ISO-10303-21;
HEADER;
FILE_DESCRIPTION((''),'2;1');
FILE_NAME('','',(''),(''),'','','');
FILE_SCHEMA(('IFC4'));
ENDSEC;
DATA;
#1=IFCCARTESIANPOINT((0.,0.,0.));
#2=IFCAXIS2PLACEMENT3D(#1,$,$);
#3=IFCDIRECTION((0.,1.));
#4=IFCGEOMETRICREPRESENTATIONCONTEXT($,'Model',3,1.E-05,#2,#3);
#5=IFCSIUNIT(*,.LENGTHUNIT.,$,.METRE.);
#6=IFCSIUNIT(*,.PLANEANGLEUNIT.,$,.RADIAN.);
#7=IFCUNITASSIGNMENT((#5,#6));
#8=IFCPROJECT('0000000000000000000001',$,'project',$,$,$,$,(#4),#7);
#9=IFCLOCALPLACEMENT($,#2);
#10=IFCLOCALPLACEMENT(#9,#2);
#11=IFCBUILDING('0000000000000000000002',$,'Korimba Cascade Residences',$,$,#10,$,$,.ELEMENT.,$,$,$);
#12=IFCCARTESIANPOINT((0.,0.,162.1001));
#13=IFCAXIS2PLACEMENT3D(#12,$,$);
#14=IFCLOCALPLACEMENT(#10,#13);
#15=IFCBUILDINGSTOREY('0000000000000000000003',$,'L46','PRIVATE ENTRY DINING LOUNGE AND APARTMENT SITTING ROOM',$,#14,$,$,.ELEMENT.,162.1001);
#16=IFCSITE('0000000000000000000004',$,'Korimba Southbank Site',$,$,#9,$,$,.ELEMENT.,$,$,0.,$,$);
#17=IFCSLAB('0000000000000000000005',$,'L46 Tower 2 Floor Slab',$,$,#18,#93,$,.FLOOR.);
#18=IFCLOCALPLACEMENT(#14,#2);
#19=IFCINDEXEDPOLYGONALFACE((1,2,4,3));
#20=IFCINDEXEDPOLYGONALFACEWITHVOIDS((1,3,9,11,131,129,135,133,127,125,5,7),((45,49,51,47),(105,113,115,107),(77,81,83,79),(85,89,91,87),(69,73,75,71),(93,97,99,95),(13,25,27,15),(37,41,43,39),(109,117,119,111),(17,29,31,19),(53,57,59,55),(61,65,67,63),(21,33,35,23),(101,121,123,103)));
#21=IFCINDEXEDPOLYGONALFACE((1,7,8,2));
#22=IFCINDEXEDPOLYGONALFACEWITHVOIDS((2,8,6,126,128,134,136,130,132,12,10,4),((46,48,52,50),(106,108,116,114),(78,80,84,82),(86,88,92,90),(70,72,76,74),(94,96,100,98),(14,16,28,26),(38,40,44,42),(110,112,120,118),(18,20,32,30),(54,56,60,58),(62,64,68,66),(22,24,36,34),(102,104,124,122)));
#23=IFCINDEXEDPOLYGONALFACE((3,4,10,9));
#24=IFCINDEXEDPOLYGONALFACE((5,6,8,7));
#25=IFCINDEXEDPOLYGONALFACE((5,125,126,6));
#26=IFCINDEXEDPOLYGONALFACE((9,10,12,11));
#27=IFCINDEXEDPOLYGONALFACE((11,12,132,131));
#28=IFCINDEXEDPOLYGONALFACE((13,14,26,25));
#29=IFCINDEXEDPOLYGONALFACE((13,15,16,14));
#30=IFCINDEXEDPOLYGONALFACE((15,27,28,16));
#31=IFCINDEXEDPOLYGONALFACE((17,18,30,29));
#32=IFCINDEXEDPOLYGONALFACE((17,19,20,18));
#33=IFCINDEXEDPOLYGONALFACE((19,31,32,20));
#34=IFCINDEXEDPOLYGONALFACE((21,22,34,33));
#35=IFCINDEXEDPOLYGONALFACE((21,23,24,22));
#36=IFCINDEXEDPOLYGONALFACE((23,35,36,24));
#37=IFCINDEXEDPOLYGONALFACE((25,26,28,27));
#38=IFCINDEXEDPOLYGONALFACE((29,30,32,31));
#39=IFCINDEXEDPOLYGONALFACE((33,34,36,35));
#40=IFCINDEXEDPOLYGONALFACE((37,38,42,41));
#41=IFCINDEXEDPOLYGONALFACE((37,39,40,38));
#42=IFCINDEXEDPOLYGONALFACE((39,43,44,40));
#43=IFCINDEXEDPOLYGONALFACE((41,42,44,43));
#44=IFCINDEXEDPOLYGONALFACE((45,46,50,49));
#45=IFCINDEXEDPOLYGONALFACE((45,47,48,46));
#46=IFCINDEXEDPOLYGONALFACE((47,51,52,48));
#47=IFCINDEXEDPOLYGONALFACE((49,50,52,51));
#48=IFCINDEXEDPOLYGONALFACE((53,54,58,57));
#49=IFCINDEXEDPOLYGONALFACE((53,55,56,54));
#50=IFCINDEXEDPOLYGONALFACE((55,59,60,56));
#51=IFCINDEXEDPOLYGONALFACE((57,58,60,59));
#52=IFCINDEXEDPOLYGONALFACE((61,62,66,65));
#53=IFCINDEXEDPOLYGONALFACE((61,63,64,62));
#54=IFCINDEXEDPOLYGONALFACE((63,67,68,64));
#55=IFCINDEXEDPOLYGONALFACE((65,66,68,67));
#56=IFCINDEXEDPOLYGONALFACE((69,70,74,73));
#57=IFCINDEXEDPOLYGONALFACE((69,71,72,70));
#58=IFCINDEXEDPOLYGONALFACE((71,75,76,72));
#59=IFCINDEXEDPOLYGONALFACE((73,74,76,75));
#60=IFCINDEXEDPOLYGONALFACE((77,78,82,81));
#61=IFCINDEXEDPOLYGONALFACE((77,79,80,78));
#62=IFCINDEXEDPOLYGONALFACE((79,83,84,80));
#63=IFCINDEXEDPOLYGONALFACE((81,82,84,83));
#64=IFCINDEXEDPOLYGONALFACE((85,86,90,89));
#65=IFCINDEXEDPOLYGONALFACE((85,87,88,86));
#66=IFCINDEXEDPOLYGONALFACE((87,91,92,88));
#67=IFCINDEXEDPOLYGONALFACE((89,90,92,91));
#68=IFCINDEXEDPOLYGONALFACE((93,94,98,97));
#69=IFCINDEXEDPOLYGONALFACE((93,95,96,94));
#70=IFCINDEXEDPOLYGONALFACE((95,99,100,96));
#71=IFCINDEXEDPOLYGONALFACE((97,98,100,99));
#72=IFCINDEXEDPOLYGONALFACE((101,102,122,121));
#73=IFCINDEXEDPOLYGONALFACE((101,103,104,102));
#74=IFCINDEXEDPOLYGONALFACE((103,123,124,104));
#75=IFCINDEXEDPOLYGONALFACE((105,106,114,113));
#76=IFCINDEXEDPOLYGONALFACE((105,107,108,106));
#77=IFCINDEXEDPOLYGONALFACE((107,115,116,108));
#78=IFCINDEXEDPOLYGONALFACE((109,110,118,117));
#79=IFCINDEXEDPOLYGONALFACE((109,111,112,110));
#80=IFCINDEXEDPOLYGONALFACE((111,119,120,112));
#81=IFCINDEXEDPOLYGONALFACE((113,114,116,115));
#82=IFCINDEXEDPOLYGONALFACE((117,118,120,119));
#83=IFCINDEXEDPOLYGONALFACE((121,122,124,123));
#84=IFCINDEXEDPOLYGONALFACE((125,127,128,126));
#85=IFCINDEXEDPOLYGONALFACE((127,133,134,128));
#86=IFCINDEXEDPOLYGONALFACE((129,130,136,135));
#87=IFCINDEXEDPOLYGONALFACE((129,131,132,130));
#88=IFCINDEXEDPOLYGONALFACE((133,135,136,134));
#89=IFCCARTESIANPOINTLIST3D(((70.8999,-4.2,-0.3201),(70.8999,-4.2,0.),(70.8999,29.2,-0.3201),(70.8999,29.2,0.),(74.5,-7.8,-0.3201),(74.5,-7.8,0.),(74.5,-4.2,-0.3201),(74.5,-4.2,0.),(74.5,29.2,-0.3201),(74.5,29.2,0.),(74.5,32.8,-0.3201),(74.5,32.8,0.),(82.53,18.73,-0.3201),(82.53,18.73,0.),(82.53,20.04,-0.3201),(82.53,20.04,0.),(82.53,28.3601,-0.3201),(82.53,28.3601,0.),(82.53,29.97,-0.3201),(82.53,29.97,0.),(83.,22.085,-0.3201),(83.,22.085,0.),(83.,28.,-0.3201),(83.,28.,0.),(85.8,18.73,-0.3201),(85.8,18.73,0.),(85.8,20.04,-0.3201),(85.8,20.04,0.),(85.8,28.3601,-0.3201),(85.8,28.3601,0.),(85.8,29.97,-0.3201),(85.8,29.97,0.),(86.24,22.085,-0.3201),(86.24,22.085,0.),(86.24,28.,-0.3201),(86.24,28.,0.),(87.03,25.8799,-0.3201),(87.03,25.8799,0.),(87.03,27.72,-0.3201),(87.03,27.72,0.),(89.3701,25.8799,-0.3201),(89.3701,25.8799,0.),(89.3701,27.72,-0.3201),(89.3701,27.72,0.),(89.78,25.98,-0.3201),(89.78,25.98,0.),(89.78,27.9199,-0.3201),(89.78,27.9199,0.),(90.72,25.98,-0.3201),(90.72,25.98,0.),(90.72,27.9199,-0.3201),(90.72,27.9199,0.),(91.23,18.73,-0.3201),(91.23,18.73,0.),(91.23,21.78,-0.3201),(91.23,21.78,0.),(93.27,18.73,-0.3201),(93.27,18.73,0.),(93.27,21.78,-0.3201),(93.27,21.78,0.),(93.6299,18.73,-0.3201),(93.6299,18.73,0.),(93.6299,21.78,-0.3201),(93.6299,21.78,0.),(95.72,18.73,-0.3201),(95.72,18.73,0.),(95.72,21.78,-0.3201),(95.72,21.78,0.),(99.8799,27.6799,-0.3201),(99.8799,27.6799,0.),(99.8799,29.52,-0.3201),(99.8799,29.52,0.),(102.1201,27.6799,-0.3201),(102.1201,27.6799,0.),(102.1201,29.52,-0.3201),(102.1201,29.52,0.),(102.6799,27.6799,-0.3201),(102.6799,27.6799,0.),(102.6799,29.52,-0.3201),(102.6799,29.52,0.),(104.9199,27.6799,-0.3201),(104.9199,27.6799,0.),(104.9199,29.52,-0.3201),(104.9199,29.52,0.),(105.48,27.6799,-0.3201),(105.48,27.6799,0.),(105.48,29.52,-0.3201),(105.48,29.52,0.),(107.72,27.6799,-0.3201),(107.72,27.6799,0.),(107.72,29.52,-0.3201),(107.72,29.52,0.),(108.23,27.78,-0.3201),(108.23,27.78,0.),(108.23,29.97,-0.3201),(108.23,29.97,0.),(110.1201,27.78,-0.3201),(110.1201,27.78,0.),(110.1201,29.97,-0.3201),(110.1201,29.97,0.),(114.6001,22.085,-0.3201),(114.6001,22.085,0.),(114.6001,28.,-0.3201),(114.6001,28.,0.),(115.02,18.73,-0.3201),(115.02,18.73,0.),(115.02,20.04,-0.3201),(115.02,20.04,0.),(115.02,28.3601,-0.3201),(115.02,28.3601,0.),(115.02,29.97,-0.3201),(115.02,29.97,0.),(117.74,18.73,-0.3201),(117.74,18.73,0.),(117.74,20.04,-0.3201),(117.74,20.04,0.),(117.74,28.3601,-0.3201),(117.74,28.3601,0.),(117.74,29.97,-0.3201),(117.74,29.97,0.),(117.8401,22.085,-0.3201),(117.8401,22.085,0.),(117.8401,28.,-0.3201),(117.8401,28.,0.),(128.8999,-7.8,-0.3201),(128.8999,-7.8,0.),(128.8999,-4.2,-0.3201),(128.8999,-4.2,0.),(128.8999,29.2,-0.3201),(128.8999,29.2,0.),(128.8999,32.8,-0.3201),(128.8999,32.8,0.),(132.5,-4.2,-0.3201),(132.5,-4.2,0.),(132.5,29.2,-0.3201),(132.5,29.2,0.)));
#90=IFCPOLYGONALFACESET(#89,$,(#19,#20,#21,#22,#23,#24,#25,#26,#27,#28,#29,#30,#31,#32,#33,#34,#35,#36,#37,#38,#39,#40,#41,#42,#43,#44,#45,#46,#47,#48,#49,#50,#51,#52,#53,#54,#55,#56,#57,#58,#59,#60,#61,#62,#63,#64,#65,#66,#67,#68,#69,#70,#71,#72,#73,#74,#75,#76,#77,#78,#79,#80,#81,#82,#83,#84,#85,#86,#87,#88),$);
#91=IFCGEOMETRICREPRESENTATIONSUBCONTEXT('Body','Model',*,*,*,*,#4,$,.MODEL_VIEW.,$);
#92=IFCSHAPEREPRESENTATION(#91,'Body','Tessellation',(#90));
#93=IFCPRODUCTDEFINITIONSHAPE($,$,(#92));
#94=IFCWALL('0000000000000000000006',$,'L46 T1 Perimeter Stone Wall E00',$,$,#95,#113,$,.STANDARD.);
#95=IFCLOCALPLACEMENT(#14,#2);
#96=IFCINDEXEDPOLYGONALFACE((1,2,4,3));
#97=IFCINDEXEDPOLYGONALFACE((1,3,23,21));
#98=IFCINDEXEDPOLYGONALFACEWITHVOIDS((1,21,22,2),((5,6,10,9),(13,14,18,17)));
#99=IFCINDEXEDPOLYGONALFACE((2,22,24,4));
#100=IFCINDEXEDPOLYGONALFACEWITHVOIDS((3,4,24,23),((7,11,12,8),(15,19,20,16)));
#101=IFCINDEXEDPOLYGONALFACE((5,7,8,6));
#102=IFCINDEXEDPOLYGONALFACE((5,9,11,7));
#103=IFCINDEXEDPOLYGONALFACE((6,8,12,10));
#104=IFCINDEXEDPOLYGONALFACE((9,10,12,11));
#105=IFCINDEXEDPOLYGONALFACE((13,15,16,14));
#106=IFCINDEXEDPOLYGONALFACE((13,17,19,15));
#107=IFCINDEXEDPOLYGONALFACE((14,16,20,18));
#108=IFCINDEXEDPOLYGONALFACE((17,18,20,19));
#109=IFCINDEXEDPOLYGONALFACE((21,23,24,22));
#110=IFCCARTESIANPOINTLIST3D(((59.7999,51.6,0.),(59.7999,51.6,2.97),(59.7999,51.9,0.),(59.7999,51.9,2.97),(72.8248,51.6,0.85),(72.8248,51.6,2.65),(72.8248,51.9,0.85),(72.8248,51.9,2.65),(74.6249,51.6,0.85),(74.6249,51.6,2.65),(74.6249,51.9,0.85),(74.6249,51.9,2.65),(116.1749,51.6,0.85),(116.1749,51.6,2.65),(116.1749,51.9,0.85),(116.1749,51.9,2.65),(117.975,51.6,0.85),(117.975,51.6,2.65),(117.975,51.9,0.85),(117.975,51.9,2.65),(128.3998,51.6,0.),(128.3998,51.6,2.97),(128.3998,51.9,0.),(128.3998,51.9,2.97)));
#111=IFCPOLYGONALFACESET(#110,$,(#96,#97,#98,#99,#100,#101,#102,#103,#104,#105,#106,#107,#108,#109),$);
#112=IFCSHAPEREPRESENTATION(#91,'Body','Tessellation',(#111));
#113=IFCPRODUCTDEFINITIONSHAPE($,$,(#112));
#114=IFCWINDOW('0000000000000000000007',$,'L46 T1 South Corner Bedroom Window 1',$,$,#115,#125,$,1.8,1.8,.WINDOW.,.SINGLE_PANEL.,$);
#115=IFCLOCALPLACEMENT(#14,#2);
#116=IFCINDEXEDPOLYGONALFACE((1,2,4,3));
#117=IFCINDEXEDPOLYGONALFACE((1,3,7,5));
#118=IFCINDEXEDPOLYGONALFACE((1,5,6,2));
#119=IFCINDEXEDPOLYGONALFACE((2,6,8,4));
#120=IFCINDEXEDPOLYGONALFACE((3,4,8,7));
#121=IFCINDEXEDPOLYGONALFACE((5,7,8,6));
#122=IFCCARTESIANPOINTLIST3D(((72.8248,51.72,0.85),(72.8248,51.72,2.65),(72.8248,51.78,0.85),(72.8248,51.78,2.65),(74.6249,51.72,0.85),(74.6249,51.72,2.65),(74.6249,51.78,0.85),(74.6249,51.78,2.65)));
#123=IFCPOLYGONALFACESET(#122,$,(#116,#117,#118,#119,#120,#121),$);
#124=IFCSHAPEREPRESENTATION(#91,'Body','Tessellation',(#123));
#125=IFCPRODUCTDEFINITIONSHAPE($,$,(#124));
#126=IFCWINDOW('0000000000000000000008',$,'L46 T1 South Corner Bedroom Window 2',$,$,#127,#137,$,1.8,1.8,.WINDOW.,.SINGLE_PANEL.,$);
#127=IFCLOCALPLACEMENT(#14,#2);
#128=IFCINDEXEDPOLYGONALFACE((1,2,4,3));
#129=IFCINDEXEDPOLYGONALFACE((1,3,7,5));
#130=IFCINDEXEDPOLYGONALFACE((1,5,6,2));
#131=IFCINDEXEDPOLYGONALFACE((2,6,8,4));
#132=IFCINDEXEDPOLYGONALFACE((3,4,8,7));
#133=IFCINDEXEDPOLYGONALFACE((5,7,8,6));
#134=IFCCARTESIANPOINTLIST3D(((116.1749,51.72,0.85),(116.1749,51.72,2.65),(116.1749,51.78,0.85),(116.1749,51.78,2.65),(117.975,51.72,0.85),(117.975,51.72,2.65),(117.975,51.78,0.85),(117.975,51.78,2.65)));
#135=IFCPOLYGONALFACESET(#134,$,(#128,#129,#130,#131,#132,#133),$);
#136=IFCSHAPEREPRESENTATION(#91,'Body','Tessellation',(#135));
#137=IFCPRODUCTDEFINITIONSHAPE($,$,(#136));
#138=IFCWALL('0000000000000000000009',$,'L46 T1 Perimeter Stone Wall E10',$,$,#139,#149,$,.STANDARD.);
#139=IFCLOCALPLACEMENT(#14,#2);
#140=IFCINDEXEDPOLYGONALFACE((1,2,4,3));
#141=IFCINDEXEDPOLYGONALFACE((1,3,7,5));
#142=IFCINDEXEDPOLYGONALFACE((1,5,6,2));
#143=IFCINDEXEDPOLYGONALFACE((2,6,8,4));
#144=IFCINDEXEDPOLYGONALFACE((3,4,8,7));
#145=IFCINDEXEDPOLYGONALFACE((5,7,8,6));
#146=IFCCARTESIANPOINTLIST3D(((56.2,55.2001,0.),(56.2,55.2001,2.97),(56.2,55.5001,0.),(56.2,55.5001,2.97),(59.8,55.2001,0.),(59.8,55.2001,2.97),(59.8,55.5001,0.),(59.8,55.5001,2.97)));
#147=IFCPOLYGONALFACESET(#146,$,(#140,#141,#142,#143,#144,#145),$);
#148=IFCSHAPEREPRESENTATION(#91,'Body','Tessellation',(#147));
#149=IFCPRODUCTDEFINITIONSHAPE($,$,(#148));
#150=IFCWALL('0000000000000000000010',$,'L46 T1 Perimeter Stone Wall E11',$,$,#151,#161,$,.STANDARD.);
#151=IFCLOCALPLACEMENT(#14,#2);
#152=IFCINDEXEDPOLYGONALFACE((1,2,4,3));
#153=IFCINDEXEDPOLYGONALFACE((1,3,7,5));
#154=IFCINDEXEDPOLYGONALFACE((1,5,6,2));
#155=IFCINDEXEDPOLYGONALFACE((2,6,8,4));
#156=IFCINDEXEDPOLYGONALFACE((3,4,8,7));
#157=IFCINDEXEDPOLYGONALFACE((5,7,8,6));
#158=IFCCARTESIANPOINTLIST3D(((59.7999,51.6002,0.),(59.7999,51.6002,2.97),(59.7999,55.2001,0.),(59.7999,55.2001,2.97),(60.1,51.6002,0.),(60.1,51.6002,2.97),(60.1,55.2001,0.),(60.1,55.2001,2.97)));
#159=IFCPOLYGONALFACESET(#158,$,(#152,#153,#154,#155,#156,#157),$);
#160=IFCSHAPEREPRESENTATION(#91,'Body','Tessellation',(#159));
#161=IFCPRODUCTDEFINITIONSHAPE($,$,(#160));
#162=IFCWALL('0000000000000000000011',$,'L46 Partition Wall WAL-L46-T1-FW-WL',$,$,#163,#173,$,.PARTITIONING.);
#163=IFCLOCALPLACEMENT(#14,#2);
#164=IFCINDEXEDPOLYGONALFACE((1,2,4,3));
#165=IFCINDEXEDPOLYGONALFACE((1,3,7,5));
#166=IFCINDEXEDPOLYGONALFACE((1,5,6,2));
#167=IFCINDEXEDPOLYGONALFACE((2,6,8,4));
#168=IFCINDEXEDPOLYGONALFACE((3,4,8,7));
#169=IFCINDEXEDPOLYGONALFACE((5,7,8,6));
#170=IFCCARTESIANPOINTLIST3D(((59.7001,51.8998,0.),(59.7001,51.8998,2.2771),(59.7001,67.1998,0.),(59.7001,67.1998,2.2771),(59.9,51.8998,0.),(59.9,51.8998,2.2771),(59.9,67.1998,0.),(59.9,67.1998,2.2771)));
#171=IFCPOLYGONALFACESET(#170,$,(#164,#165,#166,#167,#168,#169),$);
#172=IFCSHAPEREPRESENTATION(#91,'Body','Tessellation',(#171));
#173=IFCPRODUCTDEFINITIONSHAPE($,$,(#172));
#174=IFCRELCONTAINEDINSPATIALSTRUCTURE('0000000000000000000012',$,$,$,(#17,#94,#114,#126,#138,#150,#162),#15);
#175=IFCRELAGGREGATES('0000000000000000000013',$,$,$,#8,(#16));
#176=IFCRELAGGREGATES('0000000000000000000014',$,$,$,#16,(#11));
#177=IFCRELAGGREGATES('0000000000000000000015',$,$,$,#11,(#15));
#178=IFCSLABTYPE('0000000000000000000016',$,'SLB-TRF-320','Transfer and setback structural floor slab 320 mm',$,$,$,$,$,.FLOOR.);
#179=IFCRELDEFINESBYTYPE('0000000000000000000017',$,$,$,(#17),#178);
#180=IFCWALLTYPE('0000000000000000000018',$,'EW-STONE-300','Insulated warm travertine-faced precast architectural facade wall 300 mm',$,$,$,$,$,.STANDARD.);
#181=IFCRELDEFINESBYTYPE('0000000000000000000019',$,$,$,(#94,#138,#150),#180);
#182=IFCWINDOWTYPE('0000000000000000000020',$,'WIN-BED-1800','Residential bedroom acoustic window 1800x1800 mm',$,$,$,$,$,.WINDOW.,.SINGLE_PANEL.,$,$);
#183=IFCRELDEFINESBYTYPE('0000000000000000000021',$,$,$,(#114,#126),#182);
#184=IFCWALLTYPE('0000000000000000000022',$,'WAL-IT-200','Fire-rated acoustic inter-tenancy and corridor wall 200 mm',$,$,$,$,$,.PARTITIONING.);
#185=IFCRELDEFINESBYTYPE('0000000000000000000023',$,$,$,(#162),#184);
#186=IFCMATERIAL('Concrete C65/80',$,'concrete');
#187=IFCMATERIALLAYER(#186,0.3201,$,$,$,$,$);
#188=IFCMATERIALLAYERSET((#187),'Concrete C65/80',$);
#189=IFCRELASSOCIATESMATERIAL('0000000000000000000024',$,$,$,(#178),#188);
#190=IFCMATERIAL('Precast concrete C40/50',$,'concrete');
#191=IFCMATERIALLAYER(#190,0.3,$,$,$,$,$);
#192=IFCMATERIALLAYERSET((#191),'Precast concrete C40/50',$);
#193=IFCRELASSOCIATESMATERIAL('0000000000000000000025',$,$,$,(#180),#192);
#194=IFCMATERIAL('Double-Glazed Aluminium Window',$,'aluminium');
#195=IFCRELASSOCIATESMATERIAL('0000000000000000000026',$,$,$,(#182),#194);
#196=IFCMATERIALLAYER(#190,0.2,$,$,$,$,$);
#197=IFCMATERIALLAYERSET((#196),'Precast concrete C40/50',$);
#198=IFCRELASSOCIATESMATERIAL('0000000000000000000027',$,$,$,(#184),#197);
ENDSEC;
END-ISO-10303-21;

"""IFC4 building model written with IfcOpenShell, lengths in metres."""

from ifc_helpers import new_model, si_unit, direction, frame, frame_2d, origin, place, context, subcontext, project, spatial, polyline, rectangle, outline, extrude, material, layer, layer_set, type_object, element, fill, save


model = new_model("IFC4")

# Units and contexts
model_context = context("Model", 3, precision=1e-05, world=origin(), true_north=direction((0.0, 1.0)))
body_context = subcontext(model_context, "Body", "Model", "MODEL_VIEW")
ifc_project = project(units=[si_unit("LENGTHUNIT", "METRE"), si_unit("PLANEANGLEUNIT", "RADIAN")], contexts=[model_context])

# Site, building, storey
site_placement = place(None, origin())
site = spatial("IfcSite", under=ifc_project, at=site_placement, Name="Korimba Southbank Site", CompositionType="ELEMENT", RefElevation=0.0)
building_placement = place(site_placement, origin())
building = spatial("IfcBuilding", under=site, at=building_placement, Name="Korimba Cascade Residences", CompositionType="ELEMENT")
storey_placement = place(building_placement, frame((0.0, 0.0, 162.1001)))
storey = spatial("IfcBuildingStorey", under=building, at=storey_placement, Name="L46", Description="PRIVATE ENTRY DINING LOUNGE AND APARTMENT SITTING ROOM", CompositionType="ELEMENT", Elevation=162.1001)

# Shared definitions
ifc_material_1 = material(Name="Concrete C65/80", Category="concrete")

# Slab
ifc_material_2 = material(Name="Precast concrete C40/50", Category="concrete")
ifc_layer_1 = layer(ifc_material_1, 0.3201)
ifc_layer_set_1 = layer_set([ifc_layer_1], Name="Concrete C65/80")
slab_type_1 = type_object("IfcSlabType", Name="SLB-TRF-320", Description="Transfer and setback structural floor slab 320 mm", PredefinedType="FLOOR", material=ifc_layer_set_1)
slab_1_placement = place(storey_placement, frame((0.0, 0.0, -0.3201)))
element("IfcSlab", 1, at=slab_1_placement, inside=storey, type_object=slab_type_1, Name="L46 Tower 2 Floor Slab", PredefinedType="FLOOR", context=body_context, shape_type="SweptSolid", body=[
    extrude(outline(polyline([(74.5, -7.8), (128.8999, -7.8), (128.8999, -4.2), (132.5, -4.2), (132.5, 29.2), (128.8999, 29.2), (128.8999, 32.8), (74.5, 32.8), (74.5, 29.2), (70.8999, 29.2), (70.8999, -4.2), (74.5, -4.2), (74.5, -7.8)]), holes=[polyline([(86.24, 22.085), (86.24, 28.0), (83.0, 28.0), (83.0, 22.085), (86.24, 22.085)]), polyline([(117.8401, 22.085), (117.8401, 28.0), (114.6001, 28.0), (114.6001, 22.085), (117.8401, 22.085)]), polyline([(87.03, 25.8799), (89.3701, 25.8799), (89.3701, 27.72), (87.03, 27.72), (87.03, 25.8799)]), polyline([(99.8799, 27.6799), (102.1201, 27.6799), (102.1201, 29.52), (99.8799, 29.52), (99.8799, 27.6799)]), polyline([(102.6799, 27.6799), (104.9199, 27.6799), (104.9199, 29.52), (102.6799, 29.52), (102.6799, 27.6799)]), polyline([(105.48, 27.6799), (107.72, 27.6799), (107.72, 29.52), (105.48, 29.52), (105.48, 27.6799)]), polyline([(89.78, 25.98), (90.72, 25.98), (90.72, 27.9199), (89.78, 27.9199), (89.78, 25.98)]), polyline([(82.53, 18.73), (85.8, 18.73), (85.8, 20.04), (82.53, 20.04), (82.53, 18.73)]), polyline([(82.53, 28.3601), (85.8, 28.3601), (85.8, 29.97), (82.53, 29.97), (82.53, 28.3601)]), polyline([(108.23, 27.78), (110.1201, 27.78), (110.1201, 29.97), (108.23, 29.97), (108.23, 27.78)]), polyline([(91.23, 18.73), (93.27, 18.73), (93.27, 21.78), (91.23, 21.78), (91.23, 18.73)]), polyline([(93.6299, 18.73), (95.72, 18.73), (95.72, 21.78), (93.6299, 21.78), (93.6299, 18.73)]), polyline([(115.02, 18.73), (117.74, 18.73), (117.74, 20.04), (115.02, 20.04), (115.02, 18.73)]), polyline([(115.02, 28.3601), (117.74, 28.3601), (117.74, 29.97), (115.02, 29.97), (115.02, 28.3601)])]), origin(), (0.0, 0.0, 1.0), 0.3201),
])

# Wall, openings, windows
ifc_layer_2 = layer(ifc_material_2, 0.3)
ifc_layer_set_2 = layer_set([ifc_layer_2], Name="Precast concrete C40/50")
wall_type_1 = type_object("IfcWallType", Name="EW-STONE-300", Description="Insulated warm travertine-faced precast architectural facade wall 300 mm", PredefinedType="STANDARD", material=ifc_layer_set_2)
wall_1_placement = place(storey_placement, frame((59.8, 51.75, 0.0), z_axis=(0.0, 0.0, 1.0), x_axis=(1.0, 0.0, 0.0)))
wall_1 = element("IfcWall", 2, at=wall_1_placement, inside=storey, type_object=wall_type_1, Name="L46 T1 Perimeter Stone Wall E00", PredefinedType="STANDARD", context=body_context, shape_type="SweptSolid", body=[
    extrude(rectangle(XDim=68.5999, YDim=0.3, at=frame_2d((34.2998, 0.0))), origin(), (0.0, 0.0, 1.0), 2.97),
])
opening_1_placement = place(wall_1_placement, frame((13.0249, 0.0, 0.8501)))
opening_1 = element("IfcOpeningElement", 3, at=opening_1_placement, cuts=wall_1, PredefinedType="OPENING", context=body_context, shape_type="SweptSolid", body=[
    extrude(rectangle(XDim=1.8, YDim=1.8, at=frame_2d((0.8999, 0.8999))), frame((0.0, 0.1602, 0.0), z_axis=(0.0, -1.0, 0.0), x_axis=(1.0, 0.0, 0.0)), (0.0, 0.0, 1.0), 0.3201),
])
opening_2_placement = place(wall_1_placement, frame((56.375, 0.0, 0.8501)))
opening_2 = element("IfcOpeningElement", 4, at=opening_2_placement, cuts=wall_1, PredefinedType="OPENING", context=body_context, shape_type="SweptSolid", body=[
    extrude(rectangle(XDim=1.8, YDim=1.8, at=frame_2d((0.8999, 0.8999))), frame((0.0, 0.1602, 0.0), z_axis=(0.0, -1.0, 0.0), x_axis=(1.0, 0.0, 0.0)), (0.0, 0.0, 1.0), 0.3201),
])
ifc_material_3 = material(Name="Double-Glazed Aluminium Window", Category="aluminium")
window_type = type_object("IfcWindowType", Name="WIN-BED-1800", Description="Residential bedroom acoustic window 1800x1800 mm", PartitioningType="SINGLE_PANEL", PredefinedType="WINDOW", material=ifc_material_3)
window_1_placement = place(opening_1_placement, origin())
window_1 = element("IfcWindow", 5, at=window_1_placement, inside=storey, type_object=window_type, Name="L46 T1 South Corner Bedroom Window 1", OverallHeight=1.8, OverallWidth=1.8, PartitioningType="SINGLE_PANEL", PredefinedType="WINDOW", context=body_context, shape_type="SweptSolid", body=[
    extrude(rectangle(XDim=1.8, YDim=1.8, at=frame_2d((0.8999, 0.8999))), frame((0.0, 0.03, 0.0), z_axis=(0.0, -1.0, 0.0), x_axis=(1.0, 0.0, 0.0)), (0.0, 0.0, 1.0), 0.0601),
])
fill(opening_1, window_1)
window_2_placement = place(opening_2_placement, origin())
window_2 = element("IfcWindow", 6, at=window_2_placement, inside=storey, type_object=window_type, Name="L46 T1 South Corner Bedroom Window 2", OverallHeight=1.8, OverallWidth=1.8, PartitioningType="SINGLE_PANEL", PredefinedType="WINDOW", context=body_context, shape_type="SweptSolid", body=[
    extrude(rectangle(XDim=1.8, YDim=1.8, at=frame_2d((0.8999, 0.8999))), frame((0.0, 0.03, 0.0), z_axis=(0.0, -1.0, 0.0), x_axis=(1.0, 0.0, 0.0)), (0.0, 0.0, 1.0), 0.0601),
])
fill(opening_2, window_2)

# Walls
wall_2_placement = place(storey_placement, frame((56.2, 55.3501, 0.0), z_axis=(0.0, 0.0, 1.0), x_axis=(1.0, 0.0, 0.0)))
element("IfcWall", 7, at=wall_2_placement, inside=storey, type_object=wall_type_1, Name="L46 T1 Perimeter Stone Wall E10", PredefinedType="STANDARD", context=body_context, shape_type="SweptSolid", body=[
    extrude(rectangle(XDim=3.6001, YDim=0.3, at=frame_2d((1.8, 0.0))), origin(), (0.0, 0.0, 1.0), 2.97),
])
wall_3_placement = place(storey_placement, frame((59.95, 55.2, 0.0), z_axis=(0.0, 0.0, 1.0), x_axis=(0.0, -1.0, 0.0)))
element("IfcWall", 8, at=wall_3_placement, inside=storey, type_object=wall_type_1, Name="L46 T1 Perimeter Stone Wall E11", PredefinedType="STANDARD", context=body_context, shape_type="SweptSolid", body=[
    extrude(rectangle(XDim=3.5999, YDim=0.3, at=frame_2d((1.7998, 0.0))), origin(), (0.0, 0.0, 1.0), 2.97),
])
ifc_layer_3 = layer(ifc_material_2, 0.2)
ifc_layer_set_3 = layer_set([ifc_layer_3], Name="Precast concrete C40/50")
wall_type_2 = type_object("IfcWallType", Name="WAL-IT-200", Description="Fire-rated acoustic inter-tenancy and corridor wall 200 mm", PredefinedType="PARTITIONING", material=ifc_layer_set_3)
wall_4_placement = place(storey_placement, frame((59.8, 51.8999, 0.0), z_axis=(0.0, 0.0, 1.0), x_axis=(0.0, 1.0, 0.0)))
element("IfcWall", 9, at=wall_4_placement, inside=storey, type_object=wall_type_2, Name="L46 Partition Wall WAL-L46-T1-FW-WL", PredefinedType="PARTITIONING", context=body_context, shape_type="SweptSolid", body=[
    extrude(rectangle(XDim=15.3, YDim=0.2, at=frame_2d((7.6499, 0.0))), origin(), (0.0, 0.0, 1.0), 2.2771),
])

save(model, "model.ifc")
